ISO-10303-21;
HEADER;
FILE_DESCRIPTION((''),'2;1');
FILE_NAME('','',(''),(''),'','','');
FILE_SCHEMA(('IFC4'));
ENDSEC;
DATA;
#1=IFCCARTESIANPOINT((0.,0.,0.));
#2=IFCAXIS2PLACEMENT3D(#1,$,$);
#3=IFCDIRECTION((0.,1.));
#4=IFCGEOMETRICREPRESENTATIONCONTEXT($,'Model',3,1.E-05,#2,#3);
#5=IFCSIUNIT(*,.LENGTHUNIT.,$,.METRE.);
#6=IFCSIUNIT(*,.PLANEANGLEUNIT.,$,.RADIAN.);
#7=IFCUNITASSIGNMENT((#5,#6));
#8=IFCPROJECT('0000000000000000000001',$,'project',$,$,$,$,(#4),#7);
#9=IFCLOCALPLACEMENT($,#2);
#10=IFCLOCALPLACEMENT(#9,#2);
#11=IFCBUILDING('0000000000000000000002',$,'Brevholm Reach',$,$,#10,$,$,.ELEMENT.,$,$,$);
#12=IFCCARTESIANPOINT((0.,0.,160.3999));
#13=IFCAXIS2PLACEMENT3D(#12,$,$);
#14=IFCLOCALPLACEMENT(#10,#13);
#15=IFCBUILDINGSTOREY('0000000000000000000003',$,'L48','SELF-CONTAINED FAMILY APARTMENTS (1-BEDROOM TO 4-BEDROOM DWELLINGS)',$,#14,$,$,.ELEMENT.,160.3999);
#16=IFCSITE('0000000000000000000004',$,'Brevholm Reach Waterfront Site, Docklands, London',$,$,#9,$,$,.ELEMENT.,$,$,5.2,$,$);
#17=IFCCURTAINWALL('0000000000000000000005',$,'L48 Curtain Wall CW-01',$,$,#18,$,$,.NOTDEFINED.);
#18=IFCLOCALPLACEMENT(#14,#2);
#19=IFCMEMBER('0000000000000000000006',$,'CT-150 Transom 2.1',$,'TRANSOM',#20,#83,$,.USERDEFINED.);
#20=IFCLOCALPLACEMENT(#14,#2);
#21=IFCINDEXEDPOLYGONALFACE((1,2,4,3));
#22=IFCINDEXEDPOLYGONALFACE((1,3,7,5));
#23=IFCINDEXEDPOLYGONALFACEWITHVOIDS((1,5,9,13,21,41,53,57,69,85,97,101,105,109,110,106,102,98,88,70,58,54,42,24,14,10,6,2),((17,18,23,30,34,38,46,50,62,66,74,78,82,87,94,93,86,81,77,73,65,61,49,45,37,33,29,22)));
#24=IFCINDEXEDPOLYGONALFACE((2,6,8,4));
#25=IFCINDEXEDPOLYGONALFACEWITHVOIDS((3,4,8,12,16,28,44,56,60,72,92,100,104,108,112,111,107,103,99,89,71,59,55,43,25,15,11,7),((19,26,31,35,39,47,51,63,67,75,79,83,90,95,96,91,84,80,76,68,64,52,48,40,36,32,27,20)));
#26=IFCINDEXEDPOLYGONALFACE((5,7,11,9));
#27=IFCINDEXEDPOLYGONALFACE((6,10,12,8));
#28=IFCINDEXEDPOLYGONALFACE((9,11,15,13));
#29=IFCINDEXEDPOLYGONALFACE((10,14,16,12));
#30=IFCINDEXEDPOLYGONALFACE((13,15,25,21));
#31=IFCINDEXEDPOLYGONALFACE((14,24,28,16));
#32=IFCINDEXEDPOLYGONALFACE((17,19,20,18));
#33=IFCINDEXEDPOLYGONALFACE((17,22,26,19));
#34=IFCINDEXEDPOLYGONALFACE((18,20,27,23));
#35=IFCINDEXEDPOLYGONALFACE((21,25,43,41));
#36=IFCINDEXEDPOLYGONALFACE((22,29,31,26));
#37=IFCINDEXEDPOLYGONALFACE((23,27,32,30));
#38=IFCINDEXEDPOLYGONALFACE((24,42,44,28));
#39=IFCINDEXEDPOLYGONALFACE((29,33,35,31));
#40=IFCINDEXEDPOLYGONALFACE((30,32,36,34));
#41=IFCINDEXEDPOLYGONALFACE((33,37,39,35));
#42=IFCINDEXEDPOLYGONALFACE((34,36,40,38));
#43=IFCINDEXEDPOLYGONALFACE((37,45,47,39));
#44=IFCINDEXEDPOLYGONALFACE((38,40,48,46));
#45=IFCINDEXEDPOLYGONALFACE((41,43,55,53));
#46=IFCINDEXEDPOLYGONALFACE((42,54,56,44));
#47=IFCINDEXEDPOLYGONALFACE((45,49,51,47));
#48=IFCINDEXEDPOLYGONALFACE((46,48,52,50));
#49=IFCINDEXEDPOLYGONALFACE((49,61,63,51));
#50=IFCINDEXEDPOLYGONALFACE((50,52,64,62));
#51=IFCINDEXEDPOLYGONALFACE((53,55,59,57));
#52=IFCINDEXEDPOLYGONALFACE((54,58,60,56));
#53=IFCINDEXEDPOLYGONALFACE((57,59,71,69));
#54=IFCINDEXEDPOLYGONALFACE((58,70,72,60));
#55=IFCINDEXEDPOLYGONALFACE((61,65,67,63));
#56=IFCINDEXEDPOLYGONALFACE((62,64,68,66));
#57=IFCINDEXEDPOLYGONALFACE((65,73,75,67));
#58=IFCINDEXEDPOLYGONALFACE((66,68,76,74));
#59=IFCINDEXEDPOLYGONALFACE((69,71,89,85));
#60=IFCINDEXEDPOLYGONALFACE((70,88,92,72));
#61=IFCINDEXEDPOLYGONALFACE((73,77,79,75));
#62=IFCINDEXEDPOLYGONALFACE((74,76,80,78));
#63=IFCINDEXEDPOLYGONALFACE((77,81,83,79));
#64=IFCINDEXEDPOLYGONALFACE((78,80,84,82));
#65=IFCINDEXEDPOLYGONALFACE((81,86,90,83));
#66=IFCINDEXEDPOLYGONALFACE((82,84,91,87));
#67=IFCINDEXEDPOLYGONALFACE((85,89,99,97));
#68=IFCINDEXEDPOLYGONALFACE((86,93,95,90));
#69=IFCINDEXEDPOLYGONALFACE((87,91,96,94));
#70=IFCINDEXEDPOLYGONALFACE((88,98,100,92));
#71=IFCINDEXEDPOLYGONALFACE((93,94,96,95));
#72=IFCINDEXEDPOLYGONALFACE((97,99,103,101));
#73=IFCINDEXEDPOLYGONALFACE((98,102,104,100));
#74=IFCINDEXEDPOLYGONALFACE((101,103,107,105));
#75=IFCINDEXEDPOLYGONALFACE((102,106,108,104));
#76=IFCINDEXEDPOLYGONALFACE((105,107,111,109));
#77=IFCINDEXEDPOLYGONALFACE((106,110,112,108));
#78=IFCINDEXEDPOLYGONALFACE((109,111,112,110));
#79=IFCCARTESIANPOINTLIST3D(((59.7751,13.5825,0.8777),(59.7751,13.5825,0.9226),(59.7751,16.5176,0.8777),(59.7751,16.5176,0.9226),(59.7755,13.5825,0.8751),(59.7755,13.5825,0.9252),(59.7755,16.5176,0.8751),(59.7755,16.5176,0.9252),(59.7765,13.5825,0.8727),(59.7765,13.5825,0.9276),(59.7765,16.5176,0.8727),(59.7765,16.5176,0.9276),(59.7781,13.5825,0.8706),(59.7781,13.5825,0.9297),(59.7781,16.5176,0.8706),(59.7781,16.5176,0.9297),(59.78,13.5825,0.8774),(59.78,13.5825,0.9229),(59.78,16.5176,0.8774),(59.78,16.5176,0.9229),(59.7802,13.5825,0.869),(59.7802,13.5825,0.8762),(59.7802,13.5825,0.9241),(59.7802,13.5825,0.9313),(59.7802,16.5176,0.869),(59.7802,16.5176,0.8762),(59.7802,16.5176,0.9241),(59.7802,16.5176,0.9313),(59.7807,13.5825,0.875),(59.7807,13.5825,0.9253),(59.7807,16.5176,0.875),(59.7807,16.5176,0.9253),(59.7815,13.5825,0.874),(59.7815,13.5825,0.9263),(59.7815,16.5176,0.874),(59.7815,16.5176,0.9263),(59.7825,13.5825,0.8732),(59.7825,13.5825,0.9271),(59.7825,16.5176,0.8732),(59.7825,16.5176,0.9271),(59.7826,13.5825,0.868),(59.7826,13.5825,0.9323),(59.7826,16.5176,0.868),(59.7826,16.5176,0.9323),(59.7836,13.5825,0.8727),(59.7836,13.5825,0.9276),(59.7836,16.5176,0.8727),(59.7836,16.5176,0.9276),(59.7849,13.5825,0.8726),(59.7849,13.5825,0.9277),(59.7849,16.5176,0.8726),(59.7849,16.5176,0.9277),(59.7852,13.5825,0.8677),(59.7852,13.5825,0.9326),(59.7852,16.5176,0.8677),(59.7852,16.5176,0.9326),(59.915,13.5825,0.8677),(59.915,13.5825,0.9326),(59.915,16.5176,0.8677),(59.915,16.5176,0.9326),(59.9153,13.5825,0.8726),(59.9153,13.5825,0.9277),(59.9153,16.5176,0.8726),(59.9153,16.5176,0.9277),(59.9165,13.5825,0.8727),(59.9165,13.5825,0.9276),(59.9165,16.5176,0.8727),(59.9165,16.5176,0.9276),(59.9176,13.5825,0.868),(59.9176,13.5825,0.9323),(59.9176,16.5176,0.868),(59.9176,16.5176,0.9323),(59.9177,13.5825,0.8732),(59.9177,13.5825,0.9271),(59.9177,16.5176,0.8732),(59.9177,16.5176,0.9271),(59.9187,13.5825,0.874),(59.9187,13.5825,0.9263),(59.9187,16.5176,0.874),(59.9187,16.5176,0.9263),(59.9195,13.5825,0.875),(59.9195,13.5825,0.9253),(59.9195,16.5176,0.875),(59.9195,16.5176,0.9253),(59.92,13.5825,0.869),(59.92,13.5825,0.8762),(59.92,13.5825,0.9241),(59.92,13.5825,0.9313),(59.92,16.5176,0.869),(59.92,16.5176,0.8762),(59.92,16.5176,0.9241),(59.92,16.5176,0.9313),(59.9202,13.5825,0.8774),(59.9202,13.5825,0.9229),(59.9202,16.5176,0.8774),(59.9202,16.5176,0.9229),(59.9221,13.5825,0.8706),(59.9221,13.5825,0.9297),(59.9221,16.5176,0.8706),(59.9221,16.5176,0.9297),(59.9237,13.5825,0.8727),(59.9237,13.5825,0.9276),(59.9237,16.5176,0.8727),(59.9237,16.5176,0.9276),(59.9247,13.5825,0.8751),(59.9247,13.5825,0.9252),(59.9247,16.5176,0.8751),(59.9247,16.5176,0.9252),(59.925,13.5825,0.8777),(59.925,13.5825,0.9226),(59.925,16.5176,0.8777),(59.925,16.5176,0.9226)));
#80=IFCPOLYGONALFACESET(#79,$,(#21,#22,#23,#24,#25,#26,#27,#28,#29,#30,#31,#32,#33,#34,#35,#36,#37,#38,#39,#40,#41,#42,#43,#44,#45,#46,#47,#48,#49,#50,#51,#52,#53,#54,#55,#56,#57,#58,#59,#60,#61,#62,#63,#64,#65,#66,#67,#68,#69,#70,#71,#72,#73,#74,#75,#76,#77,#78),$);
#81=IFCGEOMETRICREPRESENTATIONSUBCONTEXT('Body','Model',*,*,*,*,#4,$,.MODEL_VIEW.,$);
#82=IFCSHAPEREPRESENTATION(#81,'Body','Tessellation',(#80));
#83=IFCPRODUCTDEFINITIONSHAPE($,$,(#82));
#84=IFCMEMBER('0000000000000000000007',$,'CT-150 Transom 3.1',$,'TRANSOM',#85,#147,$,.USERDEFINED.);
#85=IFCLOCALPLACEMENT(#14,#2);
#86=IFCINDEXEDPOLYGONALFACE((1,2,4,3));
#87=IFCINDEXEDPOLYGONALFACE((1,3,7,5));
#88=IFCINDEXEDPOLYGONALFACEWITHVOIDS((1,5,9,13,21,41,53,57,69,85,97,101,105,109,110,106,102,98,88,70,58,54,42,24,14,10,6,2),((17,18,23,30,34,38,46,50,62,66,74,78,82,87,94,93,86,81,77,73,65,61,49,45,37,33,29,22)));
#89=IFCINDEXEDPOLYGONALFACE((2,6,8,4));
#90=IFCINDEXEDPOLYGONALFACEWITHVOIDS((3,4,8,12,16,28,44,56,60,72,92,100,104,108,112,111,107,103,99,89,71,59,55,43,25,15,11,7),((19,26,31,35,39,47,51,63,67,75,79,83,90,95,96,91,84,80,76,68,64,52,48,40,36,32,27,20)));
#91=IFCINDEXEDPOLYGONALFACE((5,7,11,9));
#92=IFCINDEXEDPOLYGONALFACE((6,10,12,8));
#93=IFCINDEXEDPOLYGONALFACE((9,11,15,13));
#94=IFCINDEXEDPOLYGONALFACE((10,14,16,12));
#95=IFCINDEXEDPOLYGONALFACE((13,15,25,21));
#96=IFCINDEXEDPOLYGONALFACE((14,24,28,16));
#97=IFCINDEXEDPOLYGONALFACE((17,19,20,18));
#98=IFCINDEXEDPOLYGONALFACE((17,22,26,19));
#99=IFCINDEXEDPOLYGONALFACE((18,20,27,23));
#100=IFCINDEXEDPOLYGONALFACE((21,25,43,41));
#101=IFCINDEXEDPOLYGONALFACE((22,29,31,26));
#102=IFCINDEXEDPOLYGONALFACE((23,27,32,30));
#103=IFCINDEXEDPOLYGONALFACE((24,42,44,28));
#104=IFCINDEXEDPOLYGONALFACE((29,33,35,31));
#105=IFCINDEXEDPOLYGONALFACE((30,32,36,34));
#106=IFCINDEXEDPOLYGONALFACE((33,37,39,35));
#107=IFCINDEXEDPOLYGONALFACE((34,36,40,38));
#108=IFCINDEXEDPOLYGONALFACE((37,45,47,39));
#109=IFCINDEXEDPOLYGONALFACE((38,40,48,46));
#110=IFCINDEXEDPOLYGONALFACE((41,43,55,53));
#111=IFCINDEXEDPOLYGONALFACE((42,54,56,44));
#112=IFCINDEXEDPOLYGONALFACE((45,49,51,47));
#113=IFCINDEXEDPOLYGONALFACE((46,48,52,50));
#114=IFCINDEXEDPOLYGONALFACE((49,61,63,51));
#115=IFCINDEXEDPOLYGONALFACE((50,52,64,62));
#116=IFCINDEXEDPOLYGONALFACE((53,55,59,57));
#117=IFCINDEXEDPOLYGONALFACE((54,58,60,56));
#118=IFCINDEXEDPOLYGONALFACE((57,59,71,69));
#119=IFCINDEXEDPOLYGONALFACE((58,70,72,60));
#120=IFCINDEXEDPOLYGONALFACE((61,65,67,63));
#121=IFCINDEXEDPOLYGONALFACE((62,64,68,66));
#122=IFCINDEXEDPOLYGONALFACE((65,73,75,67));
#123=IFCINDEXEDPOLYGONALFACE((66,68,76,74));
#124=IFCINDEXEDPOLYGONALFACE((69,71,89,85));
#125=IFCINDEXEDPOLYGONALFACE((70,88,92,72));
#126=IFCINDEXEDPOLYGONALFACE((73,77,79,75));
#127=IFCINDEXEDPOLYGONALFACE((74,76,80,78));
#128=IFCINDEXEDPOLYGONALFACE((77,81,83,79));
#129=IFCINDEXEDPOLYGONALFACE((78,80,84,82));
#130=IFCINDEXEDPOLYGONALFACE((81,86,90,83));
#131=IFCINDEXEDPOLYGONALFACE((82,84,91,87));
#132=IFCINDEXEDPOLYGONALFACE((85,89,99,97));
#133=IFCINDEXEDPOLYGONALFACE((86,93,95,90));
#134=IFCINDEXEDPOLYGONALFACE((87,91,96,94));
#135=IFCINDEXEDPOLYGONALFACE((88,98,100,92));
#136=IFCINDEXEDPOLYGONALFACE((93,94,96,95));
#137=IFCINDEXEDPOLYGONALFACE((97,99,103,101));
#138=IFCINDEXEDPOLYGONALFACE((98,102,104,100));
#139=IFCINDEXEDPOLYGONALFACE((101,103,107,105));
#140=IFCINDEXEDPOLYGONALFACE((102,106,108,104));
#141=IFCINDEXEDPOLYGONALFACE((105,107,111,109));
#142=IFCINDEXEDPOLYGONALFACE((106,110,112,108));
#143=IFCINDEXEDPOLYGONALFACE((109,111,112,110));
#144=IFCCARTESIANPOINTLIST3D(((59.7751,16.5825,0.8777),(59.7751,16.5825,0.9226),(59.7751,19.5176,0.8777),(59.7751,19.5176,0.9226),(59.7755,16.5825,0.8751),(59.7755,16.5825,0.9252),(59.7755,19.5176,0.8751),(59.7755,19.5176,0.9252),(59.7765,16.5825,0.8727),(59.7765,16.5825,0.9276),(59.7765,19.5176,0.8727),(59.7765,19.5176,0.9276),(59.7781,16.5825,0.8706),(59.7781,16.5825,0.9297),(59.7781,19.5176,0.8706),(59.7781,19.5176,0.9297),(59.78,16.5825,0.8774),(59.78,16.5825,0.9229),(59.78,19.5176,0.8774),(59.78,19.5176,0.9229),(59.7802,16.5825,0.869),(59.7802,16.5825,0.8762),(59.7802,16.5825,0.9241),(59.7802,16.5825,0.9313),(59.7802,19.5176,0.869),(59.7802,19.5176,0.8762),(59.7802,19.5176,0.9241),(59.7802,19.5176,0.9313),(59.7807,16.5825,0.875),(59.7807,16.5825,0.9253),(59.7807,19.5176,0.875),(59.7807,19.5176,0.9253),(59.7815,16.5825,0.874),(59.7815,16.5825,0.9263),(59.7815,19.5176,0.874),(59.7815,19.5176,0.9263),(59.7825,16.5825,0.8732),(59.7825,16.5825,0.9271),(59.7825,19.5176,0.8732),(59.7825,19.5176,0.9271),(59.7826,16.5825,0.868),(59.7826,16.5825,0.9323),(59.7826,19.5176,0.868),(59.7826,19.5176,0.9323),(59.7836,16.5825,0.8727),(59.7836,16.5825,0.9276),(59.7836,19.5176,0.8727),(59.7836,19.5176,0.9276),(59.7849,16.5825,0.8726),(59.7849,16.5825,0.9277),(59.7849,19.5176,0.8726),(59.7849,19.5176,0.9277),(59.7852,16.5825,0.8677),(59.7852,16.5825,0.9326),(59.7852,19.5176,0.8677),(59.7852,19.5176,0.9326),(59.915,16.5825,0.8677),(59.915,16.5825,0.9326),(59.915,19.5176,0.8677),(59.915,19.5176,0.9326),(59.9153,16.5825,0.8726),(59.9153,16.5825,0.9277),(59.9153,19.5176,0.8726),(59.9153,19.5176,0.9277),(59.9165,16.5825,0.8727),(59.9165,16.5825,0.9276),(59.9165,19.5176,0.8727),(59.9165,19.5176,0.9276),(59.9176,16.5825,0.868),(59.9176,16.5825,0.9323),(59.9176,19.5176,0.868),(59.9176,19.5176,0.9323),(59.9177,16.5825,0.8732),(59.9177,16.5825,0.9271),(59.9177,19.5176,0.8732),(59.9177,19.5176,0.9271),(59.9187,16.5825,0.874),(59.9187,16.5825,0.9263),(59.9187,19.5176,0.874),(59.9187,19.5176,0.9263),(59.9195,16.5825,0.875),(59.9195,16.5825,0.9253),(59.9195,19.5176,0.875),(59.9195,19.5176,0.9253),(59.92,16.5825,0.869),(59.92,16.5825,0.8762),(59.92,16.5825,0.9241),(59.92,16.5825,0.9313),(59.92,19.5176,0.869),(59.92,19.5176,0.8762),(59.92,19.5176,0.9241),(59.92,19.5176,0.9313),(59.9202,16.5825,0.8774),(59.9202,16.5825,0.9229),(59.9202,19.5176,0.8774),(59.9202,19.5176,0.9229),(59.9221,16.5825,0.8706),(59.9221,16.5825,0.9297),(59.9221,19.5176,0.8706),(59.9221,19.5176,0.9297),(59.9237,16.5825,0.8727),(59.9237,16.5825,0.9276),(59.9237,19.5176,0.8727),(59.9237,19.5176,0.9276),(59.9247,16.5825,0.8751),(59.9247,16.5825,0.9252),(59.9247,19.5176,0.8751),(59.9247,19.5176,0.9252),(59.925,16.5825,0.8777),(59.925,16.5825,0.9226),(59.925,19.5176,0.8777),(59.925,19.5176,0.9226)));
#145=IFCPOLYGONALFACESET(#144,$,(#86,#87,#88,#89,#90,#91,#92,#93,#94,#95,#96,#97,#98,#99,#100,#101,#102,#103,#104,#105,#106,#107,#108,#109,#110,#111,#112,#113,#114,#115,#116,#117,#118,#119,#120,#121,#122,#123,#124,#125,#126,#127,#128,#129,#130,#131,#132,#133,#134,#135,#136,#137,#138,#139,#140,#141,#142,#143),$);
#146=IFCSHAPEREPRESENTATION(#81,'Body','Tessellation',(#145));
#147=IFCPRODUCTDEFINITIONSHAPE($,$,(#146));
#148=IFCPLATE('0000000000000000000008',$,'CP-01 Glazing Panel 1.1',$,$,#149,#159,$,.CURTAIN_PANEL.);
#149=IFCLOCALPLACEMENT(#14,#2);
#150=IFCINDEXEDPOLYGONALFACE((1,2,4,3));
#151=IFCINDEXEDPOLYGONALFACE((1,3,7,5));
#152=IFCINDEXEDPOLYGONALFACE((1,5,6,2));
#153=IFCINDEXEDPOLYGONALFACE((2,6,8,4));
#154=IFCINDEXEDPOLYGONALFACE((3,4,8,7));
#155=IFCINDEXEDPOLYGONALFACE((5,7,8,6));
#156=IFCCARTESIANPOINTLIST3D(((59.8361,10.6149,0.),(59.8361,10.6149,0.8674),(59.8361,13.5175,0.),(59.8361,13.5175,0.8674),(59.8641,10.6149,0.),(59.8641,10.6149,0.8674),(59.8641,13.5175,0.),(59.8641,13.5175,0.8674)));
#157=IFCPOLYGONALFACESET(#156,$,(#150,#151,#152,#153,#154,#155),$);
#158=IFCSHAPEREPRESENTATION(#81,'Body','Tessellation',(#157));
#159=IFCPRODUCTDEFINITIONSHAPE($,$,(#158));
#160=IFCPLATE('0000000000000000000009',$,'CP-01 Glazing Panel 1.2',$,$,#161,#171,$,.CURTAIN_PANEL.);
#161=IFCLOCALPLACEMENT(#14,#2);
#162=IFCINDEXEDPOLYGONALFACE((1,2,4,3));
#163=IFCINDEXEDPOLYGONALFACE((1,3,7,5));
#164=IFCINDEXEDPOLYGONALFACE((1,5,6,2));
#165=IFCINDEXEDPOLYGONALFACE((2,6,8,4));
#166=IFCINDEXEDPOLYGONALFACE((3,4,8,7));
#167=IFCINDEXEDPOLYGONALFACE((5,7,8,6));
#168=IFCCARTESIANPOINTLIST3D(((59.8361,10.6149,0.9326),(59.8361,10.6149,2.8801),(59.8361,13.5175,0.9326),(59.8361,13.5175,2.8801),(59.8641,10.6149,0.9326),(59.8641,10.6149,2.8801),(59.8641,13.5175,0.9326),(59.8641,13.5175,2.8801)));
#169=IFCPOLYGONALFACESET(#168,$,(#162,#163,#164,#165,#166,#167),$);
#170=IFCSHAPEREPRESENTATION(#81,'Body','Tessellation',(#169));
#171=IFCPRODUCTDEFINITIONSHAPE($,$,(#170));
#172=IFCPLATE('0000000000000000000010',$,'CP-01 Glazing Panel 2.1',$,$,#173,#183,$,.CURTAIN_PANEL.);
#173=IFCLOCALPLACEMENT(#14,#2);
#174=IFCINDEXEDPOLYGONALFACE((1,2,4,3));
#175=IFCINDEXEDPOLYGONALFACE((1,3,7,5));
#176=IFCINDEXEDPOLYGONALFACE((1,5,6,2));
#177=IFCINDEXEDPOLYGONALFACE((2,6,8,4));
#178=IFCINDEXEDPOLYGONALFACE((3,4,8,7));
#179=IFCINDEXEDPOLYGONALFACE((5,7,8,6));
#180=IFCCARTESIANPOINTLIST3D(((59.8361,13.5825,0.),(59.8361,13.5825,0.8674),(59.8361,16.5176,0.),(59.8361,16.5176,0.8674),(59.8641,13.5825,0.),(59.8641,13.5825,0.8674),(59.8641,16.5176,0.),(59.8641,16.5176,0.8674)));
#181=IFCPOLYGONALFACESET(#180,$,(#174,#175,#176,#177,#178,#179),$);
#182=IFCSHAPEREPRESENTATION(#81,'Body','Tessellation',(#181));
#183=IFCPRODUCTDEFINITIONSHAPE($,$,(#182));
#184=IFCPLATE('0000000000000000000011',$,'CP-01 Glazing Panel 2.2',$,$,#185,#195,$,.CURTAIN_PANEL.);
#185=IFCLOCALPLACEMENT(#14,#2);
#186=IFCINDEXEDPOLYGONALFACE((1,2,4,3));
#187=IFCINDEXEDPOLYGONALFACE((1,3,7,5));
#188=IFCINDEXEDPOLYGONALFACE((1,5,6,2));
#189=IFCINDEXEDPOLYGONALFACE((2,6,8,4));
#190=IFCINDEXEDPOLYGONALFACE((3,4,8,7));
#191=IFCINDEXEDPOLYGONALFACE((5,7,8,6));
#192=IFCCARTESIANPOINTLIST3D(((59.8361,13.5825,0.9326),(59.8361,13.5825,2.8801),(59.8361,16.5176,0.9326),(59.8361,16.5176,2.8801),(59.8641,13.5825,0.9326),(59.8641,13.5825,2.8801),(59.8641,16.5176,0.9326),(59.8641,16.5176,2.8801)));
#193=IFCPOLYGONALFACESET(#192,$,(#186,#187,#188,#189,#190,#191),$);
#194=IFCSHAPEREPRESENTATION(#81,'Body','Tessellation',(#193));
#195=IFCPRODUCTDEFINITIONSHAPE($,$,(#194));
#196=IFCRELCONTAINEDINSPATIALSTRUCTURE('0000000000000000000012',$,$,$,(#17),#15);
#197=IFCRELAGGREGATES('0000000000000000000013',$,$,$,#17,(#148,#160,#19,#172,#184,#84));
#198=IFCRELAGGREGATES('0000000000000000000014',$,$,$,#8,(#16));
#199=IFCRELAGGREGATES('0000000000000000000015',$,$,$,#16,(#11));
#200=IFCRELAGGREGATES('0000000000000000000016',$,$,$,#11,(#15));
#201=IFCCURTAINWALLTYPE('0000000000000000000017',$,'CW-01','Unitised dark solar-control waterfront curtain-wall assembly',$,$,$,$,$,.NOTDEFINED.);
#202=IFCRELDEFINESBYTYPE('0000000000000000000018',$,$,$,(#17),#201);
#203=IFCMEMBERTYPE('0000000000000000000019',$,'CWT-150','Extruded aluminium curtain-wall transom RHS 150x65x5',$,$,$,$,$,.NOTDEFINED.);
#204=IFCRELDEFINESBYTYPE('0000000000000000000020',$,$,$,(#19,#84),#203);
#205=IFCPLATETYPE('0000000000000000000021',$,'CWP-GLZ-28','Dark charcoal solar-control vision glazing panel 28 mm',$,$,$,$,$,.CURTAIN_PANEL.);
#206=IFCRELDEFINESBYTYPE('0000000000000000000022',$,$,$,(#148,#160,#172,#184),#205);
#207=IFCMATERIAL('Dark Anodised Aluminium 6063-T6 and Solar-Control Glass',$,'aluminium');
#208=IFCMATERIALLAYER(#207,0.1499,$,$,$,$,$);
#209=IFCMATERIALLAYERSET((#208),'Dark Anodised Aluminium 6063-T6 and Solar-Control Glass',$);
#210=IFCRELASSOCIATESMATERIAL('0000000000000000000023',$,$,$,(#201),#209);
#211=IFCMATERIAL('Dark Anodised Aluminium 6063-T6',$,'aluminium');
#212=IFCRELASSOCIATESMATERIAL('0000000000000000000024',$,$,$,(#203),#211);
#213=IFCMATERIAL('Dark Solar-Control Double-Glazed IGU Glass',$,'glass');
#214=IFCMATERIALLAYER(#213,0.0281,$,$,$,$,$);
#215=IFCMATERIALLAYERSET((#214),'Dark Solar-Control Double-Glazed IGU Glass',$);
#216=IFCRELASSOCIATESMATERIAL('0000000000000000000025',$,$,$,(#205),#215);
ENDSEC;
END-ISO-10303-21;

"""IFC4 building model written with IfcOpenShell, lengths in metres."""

from ifc_helpers import new_model, si_unit, direction, frame, origin, origin_2d, place, context, subcontext, project, spatial, rectangle, hollow_rectangle, extrude, material, layer, layer_set, material_profile, profile_set, type_object, element, aggregate, save


model = new_model("IFC4")

# Units and contexts
model_context = context("Model", 3, precision=1e-05, world=origin(), true_north=direction((0.0, 1.0)))
body_context = subcontext(model_context, "Body", "Model", "MODEL_VIEW")
ifc_project = project(units=[si_unit("LENGTHUNIT", "METRE"), si_unit("PLANEANGLEUNIT", "RADIAN")], contexts=[model_context])

# Site, building, storey
site_placement = place(None, origin())
site = spatial("IfcSite", under=ifc_project, at=site_placement, Name="Brevholm Reach Waterfront Site, Docklands, London", CompositionType="ELEMENT", RefElevation=5.2)
building_placement = place(site_placement, origin())
building = spatial("IfcBuilding", under=site, at=building_placement, Name="Brevholm Reach", CompositionType="ELEMENT")
storey_placement = place(building_placement, frame((0.0, 0.0, 160.3999)))
storey = spatial("IfcBuildingStorey", under=building, at=storey_placement, Name="L48", Description="SELF-CONTAINED FAMILY APARTMENTS (1-BEDROOM TO 4-BEDROOM DWELLINGS)", CompositionType="ELEMENT", Elevation=160.3999)

# Curtain wall, members, plates
ifc_material_1 = material(Name="Dark Anodised Aluminium 6063-T6 and Solar-Control Glass", Category="aluminium")
ifc_layer_1 = layer(ifc_material_1, 0.1499)
ifc_layer_set_1 = layer_set([ifc_layer_1], Name="Dark Anodised Aluminium 6063-T6 and Solar-Control Glass")
curtain_wall_type = type_object("IfcCurtainWallType", Name="CW-01", Description="Unitised dark solar-control waterfront curtain-wall assembly", PredefinedType="NOTDEFINED", material=ifc_layer_set_1)
curtain_wall_placement = place(storey_placement, origin())
curtain_wall = element("IfcCurtainWall", 1, at=curtain_wall_placement, inside=storey, type_object=curtain_wall_type, Name="L48 Curtain Wall CW-01", PredefinedType="NOTDEFINED")
ifc_material_2 = material(Name="Dark Anodised Aluminium 6063-T6", Category="aluminium")
ifc_material_profile_1 = material_profile(ifc_material_2, hollow_rectangle(XDim=0.0649, YDim=0.1499, WallThickness=0.0049, InnerFilletRadius=0.0049, OuterFilletRadius=0.01, at=origin_2d()), Name="RHS 150x65x5")
ifc_profile_set_1 = profile_set([ifc_material_profile_1], Name="Dark Anodised Aluminium 6063-T6")
member_type_1 = type_object("IfcMemberType", Name="CWT-150", Description="Extruded aluminium curtain-wall transom RHS 150x65x5", PredefinedType="NOTDEFINED", material=ifc_profile_set_1)
member_1_placement = place(storey_placement, frame((59.8501, 13.5825, 0.9001), z_axis=(0.0, 1.0, 0.0), x_axis=(0.0, 0.0, 1.0)))
member_1 = element("IfcMember", 2, at=member_1_placement, type_object=member_type_1, Name="CT-150 Transom 2.1", ObjectType="TRANSOM", PredefinedType="USERDEFINED", context=body_context, shape_type="SweptSolid", body=[
    extrude(hollow_rectangle(XDim=0.0649, YDim=0.1499, WallThickness=0.0049, InnerFilletRadius=0.0049, OuterFilletRadius=0.01, at=origin_2d()), origin(), (0.0, 0.0, 1.0), 2.9351),
])
member_2_placement = place(storey_placement, frame((59.8501, 16.5825, 0.9001), z_axis=(0.0, 1.0, 0.0), x_axis=(0.0, 0.0, 1.0)))
member_2 = element("IfcMember", 3, at=member_2_placement, type_object=member_type_1, Name="CT-150 Transom 3.1", ObjectType="TRANSOM", PredefinedType="USERDEFINED", context=body_context, shape_type="SweptSolid", body=[
    extrude(hollow_rectangle(XDim=0.0649, YDim=0.1499, WallThickness=0.0049, InnerFilletRadius=0.0049, OuterFilletRadius=0.01, at=origin_2d()), origin(), (0.0, 0.0, 1.0), 2.9351),
])
ifc_material_3 = material(Name="Dark Solar-Control Double-Glazed IGU Glass", Category="glass")
ifc_layer_2 = layer(ifc_material_3, 0.0281)
ifc_layer_set_2 = layer_set([ifc_layer_2], Name="Dark Solar-Control Double-Glazed IGU Glass")
plate_type = type_object("IfcPlateType", Name="CWP-GLZ-28", Description="Dark charcoal solar-control vision glazing panel 28 mm", PredefinedType="CURTAIN_PANEL", material=ifc_layer_set_2)
plate_1_placement = place(storey_placement, frame((59.8501, 12.0662, 0.0), z_axis=(0.0, 0.0, 1.0), x_axis=(0.0, 1.0, 0.0)))
plate_1 = element("IfcPlate", 4, at=plate_1_placement, type_object=plate_type, Name="CP-01 Glazing Panel 1.1", PredefinedType="CURTAIN_PANEL", context=body_context, shape_type="SweptSolid", body=[
    extrude(rectangle(XDim=2.9026, YDim=0.0281, at=origin_2d()), origin(), (0.0, 0.0, 1.0), 0.8674),
])
plate_2_placement = place(storey_placement, frame((59.8501, 12.0662, 0.9326), z_axis=(0.0, 0.0, 1.0), x_axis=(0.0, 1.0, 0.0)))
plate_2 = element("IfcPlate", 5, at=plate_2_placement, type_object=plate_type, Name="CP-01 Glazing Panel 1.2", PredefinedType="CURTAIN_PANEL", context=body_context, shape_type="SweptSolid", body=[
    extrude(rectangle(XDim=2.9026, YDim=0.0281, at=origin_2d()), origin(), (0.0, 0.0, 1.0), 1.9475),
])
plate_3_placement = place(storey_placement, frame((59.8501, 15.05, 0.0), z_axis=(0.0, 0.0, 1.0), x_axis=(0.0, 1.0, 0.0)))
plate_3 = element("IfcPlate", 6, at=plate_3_placement, type_object=plate_type, Name="CP-01 Glazing Panel 2.1", PredefinedType="CURTAIN_PANEL", context=body_context, shape_type="SweptSolid", body=[
    extrude(rectangle(XDim=2.9351, YDim=0.0281, at=origin_2d()), origin(), (0.0, 0.0, 1.0), 0.8674),
])
plate_4_placement = place(storey_placement, frame((59.8501, 15.05, 0.9326), z_axis=(0.0, 0.0, 1.0), x_axis=(0.0, 1.0, 0.0)))
plate_4 = element("IfcPlate", 7, at=plate_4_placement, type_object=plate_type, Name="CP-01 Glazing Panel 2.2", PredefinedType="CURTAIN_PANEL", context=body_context, shape_type="SweptSolid", body=[
    extrude(rectangle(XDim=2.9351, YDim=0.0281, at=origin_2d()), origin(), (0.0, 0.0, 1.0), 1.9475),
])
aggregate(curtain_wall, [plate_1, plate_2, member_1, plate_3, plate_4, member_2])

save(model, "model.ifc")
